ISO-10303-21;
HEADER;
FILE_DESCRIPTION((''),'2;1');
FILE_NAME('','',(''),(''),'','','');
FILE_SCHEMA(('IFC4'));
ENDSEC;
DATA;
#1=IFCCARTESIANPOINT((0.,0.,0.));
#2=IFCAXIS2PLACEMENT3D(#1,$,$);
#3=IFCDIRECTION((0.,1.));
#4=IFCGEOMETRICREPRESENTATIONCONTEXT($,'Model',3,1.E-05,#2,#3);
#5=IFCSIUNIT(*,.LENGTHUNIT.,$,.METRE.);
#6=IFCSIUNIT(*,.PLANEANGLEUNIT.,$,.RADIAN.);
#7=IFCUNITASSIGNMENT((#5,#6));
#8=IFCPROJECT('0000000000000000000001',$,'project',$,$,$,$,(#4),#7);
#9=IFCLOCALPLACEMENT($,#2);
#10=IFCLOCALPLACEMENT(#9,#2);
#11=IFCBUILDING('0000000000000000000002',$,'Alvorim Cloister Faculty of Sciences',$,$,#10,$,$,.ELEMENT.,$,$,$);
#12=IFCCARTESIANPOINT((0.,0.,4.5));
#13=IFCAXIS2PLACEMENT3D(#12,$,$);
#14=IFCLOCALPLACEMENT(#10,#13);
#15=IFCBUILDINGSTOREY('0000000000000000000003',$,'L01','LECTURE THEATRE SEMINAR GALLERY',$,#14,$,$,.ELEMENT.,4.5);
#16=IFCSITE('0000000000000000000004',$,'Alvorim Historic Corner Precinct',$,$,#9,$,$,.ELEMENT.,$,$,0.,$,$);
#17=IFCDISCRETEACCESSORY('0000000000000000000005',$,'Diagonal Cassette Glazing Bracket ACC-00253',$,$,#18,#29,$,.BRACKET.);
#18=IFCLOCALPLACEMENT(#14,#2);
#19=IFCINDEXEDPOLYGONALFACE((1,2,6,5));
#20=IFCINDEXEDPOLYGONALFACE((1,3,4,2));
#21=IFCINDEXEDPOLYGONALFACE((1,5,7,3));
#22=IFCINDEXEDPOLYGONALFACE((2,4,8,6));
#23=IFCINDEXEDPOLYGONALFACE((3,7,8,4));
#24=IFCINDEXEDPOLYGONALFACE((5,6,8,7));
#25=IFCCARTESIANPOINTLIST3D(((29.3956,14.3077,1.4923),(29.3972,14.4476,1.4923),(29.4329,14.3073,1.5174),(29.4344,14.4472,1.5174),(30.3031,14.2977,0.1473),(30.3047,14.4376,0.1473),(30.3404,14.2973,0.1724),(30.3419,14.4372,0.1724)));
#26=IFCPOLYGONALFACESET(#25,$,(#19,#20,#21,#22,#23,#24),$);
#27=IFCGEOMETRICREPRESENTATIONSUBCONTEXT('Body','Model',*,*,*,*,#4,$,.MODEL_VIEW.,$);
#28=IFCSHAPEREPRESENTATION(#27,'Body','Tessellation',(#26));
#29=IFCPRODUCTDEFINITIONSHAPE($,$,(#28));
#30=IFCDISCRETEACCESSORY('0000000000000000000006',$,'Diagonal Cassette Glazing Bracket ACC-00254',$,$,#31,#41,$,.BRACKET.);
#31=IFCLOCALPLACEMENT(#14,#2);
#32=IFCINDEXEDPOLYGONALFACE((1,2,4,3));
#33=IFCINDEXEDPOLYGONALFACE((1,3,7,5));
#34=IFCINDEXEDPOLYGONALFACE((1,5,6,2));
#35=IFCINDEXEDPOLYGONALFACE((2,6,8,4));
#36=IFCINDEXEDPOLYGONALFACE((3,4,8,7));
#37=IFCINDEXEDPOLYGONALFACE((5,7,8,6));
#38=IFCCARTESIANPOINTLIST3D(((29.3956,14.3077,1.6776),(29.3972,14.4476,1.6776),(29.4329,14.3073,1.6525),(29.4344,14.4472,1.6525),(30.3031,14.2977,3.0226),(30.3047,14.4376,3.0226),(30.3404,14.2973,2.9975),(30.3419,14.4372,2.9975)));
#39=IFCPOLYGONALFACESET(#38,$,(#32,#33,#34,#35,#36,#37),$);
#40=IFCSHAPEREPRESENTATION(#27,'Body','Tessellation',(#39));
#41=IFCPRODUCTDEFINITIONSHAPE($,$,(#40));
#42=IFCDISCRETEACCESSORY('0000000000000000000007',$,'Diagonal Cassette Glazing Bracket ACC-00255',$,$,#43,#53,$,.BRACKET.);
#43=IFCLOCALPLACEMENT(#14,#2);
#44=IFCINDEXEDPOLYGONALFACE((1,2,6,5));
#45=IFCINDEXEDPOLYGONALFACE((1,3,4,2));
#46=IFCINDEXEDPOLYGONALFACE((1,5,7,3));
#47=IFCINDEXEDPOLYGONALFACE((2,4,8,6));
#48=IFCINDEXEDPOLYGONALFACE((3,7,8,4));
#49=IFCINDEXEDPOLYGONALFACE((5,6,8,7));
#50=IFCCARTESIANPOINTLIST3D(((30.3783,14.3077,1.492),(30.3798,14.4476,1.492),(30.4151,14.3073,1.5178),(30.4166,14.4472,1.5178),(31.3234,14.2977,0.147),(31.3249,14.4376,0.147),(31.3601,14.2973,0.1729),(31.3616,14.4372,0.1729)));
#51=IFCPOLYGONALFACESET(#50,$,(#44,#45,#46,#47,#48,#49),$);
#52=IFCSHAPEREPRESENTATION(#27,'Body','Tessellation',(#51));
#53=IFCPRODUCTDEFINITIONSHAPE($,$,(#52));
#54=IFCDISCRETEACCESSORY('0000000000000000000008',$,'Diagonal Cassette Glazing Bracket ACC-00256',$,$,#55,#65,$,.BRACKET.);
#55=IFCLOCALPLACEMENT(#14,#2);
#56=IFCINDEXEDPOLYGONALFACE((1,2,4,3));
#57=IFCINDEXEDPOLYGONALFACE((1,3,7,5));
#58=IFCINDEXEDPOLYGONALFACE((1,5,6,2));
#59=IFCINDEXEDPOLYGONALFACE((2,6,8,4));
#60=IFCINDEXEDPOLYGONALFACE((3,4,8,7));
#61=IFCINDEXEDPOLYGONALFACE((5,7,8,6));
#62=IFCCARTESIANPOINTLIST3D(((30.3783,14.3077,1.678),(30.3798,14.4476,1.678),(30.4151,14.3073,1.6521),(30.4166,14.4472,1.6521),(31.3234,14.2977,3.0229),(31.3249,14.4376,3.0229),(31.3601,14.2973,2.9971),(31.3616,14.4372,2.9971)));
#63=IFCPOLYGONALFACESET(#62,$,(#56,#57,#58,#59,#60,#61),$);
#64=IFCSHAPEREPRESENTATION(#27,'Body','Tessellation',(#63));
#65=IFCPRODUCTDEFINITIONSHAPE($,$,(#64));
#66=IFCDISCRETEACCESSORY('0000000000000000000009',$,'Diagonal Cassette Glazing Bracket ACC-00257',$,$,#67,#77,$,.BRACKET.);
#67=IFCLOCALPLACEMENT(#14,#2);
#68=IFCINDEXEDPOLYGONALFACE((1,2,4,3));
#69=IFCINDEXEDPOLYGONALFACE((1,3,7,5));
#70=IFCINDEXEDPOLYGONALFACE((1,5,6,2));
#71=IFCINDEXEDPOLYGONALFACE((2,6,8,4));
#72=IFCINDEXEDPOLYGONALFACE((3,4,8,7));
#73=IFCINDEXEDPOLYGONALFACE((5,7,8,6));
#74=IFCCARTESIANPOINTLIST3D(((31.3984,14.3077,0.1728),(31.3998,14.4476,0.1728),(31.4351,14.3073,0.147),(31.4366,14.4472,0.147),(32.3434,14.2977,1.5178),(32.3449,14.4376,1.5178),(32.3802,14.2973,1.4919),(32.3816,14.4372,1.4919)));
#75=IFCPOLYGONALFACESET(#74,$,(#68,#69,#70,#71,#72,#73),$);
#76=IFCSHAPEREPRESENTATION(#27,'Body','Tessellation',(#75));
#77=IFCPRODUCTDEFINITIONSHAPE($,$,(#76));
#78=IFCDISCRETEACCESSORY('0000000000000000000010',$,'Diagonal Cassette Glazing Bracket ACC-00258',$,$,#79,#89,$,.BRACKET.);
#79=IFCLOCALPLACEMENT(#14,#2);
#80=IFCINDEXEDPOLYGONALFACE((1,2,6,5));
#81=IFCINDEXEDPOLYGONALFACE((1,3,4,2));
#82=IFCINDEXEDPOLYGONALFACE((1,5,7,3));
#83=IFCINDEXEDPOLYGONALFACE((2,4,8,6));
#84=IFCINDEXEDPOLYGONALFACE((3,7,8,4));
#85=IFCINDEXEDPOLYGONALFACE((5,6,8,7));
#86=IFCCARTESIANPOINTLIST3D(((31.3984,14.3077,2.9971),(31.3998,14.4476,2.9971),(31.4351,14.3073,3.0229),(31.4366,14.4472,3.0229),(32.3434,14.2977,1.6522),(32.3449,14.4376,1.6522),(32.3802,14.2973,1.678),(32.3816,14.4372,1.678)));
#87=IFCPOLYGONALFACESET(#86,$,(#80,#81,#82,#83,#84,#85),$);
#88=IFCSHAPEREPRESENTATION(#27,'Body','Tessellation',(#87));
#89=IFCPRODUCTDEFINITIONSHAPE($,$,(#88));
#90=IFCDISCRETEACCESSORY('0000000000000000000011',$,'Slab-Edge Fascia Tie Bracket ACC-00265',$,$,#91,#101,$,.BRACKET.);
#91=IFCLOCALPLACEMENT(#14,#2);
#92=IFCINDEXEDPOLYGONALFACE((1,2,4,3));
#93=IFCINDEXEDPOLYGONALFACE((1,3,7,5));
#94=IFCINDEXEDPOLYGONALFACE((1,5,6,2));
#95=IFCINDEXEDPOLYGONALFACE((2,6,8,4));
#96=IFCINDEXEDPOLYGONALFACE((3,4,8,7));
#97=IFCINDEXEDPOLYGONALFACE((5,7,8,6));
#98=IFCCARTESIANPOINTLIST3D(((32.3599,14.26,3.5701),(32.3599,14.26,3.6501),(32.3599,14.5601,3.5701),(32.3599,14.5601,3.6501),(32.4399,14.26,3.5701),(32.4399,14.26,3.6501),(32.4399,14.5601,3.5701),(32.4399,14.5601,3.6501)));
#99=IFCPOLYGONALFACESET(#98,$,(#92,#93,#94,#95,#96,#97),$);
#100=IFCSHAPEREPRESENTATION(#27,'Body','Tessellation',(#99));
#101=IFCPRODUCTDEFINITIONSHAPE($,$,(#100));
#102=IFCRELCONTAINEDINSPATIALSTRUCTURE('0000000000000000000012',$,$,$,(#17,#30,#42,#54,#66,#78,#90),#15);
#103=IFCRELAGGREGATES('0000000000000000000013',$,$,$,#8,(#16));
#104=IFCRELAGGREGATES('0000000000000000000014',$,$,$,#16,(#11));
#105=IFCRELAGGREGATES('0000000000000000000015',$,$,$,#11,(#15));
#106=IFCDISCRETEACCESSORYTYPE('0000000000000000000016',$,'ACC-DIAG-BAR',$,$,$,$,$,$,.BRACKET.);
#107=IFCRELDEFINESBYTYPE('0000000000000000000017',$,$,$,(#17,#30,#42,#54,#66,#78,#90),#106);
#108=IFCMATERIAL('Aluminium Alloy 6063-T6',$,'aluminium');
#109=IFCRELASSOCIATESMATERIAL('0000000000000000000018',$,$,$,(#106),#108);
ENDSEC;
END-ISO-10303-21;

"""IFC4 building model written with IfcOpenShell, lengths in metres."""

from ifc_helpers import new_model, si_unit, direction, frame, origin, origin_2d, place, context, subcontext, project, spatial, rectangle, extrude, material, type_object, element, save


model = new_model("IFC4")

# Units and contexts
model_context = context("Model", 3, precision=1e-05, world=origin(), true_north=direction((0.0, 1.0)))
body_context = subcontext(model_context, "Body", "Model", "MODEL_VIEW")
ifc_project = project(units=[si_unit("LENGTHUNIT", "METRE"), si_unit("PLANEANGLEUNIT", "RADIAN")], contexts=[model_context])

# Site, building, storey
site_placement = place(None, origin())
site = spatial("IfcSite", under=ifc_project, at=site_placement, Name="Alvorim Historic Corner Precinct", CompositionType="ELEMENT", RefElevation=0.0)
building_placement = place(site_placement, origin())
building = spatial("IfcBuilding", under=site, at=building_placement, Name="Alvorim Cloister Faculty of Sciences", CompositionType="ELEMENT")
storey_placement = place(building_placement, frame((0.0, 0.0, 4.5)))
storey = spatial("IfcBuildingStorey", under=building, at=storey_placement, Name="L01", Description="LECTURE THEATRE SEMINAR GALLERY", CompositionType="ELEMENT", Elevation=4.5)

# Shared definitions
ifc_material_1 = material(Name="Aluminium Alloy 6063-T6", Category="aluminium")

# Discrete accessories
discrete_accessory_type = type_object("IfcDiscreteAccessoryType", Name="ACC-DIAG-BAR", PredefinedType="BRACKET", material=ifc_material_1)
for number, where, z_axis, x_axis, name in (
    (1, (29.415, 14.3774, 1.5049), (0.559299, -0.006169, -0.828943), (0.01103, 0.999939, 0.0), "Diagonal Cassette Glazing Bracket ACC-00253"),
    (2, (29.415, 14.3774, 1.665), (0.559299, -0.006169, 0.828943), (0.01103, 0.999939, 0.0), "Diagonal Cassette Glazing Bracket ACC-00254"),
):
    element("IfcDiscreteAccessory", number, at=place(storey_placement, frame(where, z_axis=z_axis, x_axis=x_axis)), inside=storey, type_object=discrete_accessory_type, Name=name, PredefinedType="BRACKET", context=body_context, shape_type="SweptSolid", body=[
        extrude(rectangle(XDim=0.1399, YDim=0.0449, at=origin_2d()), origin(), (0.0, 0.0, 1.0), 1.6226),
    ])
for number, where, z_axis, x_axis, name in (
    (3, (30.3975, 14.3774, 1.5049), (0.574916, -0.006089, -0.81819), (0.010591, 0.999944, 0.0), "Diagonal Cassette Glazing Bracket ACC-00255"),
    (4, (30.3975, 14.3774, 1.665), (0.574916, -0.006089, 0.81819), (0.010591, 0.999944, 0.0), "Diagonal Cassette Glazing Bracket ACC-00256"),
    (5, (31.4175, 14.3774, 0.1599), (0.574916, -0.006089, 0.81819), (0.010591, 0.999944, 0.0), "Diagonal Cassette Glazing Bracket ACC-00257"),
    (6, (31.4175, 14.3774, 3.01), (0.574916, -0.006089, -0.81819), (0.010591, 0.999944, 0.0), "Diagonal Cassette Glazing Bracket ACC-00258"),
):
    element("IfcDiscreteAccessory", number, at=place(storey_placement, frame(where, z_axis=z_axis, x_axis=x_axis)), inside=storey, type_object=discrete_accessory_type, Name=name, PredefinedType="BRACKET", context=body_context, shape_type="SweptSolid", body=[
        extrude(rectangle(XDim=0.1399, YDim=0.0449, at=origin_2d()), origin(), (0.0, 0.0, 1.0), 1.6438),
    ])
discrete_accessory_placement = place(storey_placement, frame((32.3999, 14.26, 3.6101), z_axis=(0.0, 1.0, 0.0), x_axis=(-1.0, 0.0, 0.0)))
element("IfcDiscreteAccessory", 7, at=discrete_accessory_placement, inside=storey, type_object=discrete_accessory_type, Name="Slab-Edge Fascia Tie Bracket ACC-00265", PredefinedType="BRACKET", context=body_context, shape_type="SweptSolid", body=[
    extrude(rectangle(XDim=0.0801, YDim=0.0801, at=origin_2d()), origin(), (0.0, 0.0, 1.0), 0.3),
])

save(model, "model.ifc")
